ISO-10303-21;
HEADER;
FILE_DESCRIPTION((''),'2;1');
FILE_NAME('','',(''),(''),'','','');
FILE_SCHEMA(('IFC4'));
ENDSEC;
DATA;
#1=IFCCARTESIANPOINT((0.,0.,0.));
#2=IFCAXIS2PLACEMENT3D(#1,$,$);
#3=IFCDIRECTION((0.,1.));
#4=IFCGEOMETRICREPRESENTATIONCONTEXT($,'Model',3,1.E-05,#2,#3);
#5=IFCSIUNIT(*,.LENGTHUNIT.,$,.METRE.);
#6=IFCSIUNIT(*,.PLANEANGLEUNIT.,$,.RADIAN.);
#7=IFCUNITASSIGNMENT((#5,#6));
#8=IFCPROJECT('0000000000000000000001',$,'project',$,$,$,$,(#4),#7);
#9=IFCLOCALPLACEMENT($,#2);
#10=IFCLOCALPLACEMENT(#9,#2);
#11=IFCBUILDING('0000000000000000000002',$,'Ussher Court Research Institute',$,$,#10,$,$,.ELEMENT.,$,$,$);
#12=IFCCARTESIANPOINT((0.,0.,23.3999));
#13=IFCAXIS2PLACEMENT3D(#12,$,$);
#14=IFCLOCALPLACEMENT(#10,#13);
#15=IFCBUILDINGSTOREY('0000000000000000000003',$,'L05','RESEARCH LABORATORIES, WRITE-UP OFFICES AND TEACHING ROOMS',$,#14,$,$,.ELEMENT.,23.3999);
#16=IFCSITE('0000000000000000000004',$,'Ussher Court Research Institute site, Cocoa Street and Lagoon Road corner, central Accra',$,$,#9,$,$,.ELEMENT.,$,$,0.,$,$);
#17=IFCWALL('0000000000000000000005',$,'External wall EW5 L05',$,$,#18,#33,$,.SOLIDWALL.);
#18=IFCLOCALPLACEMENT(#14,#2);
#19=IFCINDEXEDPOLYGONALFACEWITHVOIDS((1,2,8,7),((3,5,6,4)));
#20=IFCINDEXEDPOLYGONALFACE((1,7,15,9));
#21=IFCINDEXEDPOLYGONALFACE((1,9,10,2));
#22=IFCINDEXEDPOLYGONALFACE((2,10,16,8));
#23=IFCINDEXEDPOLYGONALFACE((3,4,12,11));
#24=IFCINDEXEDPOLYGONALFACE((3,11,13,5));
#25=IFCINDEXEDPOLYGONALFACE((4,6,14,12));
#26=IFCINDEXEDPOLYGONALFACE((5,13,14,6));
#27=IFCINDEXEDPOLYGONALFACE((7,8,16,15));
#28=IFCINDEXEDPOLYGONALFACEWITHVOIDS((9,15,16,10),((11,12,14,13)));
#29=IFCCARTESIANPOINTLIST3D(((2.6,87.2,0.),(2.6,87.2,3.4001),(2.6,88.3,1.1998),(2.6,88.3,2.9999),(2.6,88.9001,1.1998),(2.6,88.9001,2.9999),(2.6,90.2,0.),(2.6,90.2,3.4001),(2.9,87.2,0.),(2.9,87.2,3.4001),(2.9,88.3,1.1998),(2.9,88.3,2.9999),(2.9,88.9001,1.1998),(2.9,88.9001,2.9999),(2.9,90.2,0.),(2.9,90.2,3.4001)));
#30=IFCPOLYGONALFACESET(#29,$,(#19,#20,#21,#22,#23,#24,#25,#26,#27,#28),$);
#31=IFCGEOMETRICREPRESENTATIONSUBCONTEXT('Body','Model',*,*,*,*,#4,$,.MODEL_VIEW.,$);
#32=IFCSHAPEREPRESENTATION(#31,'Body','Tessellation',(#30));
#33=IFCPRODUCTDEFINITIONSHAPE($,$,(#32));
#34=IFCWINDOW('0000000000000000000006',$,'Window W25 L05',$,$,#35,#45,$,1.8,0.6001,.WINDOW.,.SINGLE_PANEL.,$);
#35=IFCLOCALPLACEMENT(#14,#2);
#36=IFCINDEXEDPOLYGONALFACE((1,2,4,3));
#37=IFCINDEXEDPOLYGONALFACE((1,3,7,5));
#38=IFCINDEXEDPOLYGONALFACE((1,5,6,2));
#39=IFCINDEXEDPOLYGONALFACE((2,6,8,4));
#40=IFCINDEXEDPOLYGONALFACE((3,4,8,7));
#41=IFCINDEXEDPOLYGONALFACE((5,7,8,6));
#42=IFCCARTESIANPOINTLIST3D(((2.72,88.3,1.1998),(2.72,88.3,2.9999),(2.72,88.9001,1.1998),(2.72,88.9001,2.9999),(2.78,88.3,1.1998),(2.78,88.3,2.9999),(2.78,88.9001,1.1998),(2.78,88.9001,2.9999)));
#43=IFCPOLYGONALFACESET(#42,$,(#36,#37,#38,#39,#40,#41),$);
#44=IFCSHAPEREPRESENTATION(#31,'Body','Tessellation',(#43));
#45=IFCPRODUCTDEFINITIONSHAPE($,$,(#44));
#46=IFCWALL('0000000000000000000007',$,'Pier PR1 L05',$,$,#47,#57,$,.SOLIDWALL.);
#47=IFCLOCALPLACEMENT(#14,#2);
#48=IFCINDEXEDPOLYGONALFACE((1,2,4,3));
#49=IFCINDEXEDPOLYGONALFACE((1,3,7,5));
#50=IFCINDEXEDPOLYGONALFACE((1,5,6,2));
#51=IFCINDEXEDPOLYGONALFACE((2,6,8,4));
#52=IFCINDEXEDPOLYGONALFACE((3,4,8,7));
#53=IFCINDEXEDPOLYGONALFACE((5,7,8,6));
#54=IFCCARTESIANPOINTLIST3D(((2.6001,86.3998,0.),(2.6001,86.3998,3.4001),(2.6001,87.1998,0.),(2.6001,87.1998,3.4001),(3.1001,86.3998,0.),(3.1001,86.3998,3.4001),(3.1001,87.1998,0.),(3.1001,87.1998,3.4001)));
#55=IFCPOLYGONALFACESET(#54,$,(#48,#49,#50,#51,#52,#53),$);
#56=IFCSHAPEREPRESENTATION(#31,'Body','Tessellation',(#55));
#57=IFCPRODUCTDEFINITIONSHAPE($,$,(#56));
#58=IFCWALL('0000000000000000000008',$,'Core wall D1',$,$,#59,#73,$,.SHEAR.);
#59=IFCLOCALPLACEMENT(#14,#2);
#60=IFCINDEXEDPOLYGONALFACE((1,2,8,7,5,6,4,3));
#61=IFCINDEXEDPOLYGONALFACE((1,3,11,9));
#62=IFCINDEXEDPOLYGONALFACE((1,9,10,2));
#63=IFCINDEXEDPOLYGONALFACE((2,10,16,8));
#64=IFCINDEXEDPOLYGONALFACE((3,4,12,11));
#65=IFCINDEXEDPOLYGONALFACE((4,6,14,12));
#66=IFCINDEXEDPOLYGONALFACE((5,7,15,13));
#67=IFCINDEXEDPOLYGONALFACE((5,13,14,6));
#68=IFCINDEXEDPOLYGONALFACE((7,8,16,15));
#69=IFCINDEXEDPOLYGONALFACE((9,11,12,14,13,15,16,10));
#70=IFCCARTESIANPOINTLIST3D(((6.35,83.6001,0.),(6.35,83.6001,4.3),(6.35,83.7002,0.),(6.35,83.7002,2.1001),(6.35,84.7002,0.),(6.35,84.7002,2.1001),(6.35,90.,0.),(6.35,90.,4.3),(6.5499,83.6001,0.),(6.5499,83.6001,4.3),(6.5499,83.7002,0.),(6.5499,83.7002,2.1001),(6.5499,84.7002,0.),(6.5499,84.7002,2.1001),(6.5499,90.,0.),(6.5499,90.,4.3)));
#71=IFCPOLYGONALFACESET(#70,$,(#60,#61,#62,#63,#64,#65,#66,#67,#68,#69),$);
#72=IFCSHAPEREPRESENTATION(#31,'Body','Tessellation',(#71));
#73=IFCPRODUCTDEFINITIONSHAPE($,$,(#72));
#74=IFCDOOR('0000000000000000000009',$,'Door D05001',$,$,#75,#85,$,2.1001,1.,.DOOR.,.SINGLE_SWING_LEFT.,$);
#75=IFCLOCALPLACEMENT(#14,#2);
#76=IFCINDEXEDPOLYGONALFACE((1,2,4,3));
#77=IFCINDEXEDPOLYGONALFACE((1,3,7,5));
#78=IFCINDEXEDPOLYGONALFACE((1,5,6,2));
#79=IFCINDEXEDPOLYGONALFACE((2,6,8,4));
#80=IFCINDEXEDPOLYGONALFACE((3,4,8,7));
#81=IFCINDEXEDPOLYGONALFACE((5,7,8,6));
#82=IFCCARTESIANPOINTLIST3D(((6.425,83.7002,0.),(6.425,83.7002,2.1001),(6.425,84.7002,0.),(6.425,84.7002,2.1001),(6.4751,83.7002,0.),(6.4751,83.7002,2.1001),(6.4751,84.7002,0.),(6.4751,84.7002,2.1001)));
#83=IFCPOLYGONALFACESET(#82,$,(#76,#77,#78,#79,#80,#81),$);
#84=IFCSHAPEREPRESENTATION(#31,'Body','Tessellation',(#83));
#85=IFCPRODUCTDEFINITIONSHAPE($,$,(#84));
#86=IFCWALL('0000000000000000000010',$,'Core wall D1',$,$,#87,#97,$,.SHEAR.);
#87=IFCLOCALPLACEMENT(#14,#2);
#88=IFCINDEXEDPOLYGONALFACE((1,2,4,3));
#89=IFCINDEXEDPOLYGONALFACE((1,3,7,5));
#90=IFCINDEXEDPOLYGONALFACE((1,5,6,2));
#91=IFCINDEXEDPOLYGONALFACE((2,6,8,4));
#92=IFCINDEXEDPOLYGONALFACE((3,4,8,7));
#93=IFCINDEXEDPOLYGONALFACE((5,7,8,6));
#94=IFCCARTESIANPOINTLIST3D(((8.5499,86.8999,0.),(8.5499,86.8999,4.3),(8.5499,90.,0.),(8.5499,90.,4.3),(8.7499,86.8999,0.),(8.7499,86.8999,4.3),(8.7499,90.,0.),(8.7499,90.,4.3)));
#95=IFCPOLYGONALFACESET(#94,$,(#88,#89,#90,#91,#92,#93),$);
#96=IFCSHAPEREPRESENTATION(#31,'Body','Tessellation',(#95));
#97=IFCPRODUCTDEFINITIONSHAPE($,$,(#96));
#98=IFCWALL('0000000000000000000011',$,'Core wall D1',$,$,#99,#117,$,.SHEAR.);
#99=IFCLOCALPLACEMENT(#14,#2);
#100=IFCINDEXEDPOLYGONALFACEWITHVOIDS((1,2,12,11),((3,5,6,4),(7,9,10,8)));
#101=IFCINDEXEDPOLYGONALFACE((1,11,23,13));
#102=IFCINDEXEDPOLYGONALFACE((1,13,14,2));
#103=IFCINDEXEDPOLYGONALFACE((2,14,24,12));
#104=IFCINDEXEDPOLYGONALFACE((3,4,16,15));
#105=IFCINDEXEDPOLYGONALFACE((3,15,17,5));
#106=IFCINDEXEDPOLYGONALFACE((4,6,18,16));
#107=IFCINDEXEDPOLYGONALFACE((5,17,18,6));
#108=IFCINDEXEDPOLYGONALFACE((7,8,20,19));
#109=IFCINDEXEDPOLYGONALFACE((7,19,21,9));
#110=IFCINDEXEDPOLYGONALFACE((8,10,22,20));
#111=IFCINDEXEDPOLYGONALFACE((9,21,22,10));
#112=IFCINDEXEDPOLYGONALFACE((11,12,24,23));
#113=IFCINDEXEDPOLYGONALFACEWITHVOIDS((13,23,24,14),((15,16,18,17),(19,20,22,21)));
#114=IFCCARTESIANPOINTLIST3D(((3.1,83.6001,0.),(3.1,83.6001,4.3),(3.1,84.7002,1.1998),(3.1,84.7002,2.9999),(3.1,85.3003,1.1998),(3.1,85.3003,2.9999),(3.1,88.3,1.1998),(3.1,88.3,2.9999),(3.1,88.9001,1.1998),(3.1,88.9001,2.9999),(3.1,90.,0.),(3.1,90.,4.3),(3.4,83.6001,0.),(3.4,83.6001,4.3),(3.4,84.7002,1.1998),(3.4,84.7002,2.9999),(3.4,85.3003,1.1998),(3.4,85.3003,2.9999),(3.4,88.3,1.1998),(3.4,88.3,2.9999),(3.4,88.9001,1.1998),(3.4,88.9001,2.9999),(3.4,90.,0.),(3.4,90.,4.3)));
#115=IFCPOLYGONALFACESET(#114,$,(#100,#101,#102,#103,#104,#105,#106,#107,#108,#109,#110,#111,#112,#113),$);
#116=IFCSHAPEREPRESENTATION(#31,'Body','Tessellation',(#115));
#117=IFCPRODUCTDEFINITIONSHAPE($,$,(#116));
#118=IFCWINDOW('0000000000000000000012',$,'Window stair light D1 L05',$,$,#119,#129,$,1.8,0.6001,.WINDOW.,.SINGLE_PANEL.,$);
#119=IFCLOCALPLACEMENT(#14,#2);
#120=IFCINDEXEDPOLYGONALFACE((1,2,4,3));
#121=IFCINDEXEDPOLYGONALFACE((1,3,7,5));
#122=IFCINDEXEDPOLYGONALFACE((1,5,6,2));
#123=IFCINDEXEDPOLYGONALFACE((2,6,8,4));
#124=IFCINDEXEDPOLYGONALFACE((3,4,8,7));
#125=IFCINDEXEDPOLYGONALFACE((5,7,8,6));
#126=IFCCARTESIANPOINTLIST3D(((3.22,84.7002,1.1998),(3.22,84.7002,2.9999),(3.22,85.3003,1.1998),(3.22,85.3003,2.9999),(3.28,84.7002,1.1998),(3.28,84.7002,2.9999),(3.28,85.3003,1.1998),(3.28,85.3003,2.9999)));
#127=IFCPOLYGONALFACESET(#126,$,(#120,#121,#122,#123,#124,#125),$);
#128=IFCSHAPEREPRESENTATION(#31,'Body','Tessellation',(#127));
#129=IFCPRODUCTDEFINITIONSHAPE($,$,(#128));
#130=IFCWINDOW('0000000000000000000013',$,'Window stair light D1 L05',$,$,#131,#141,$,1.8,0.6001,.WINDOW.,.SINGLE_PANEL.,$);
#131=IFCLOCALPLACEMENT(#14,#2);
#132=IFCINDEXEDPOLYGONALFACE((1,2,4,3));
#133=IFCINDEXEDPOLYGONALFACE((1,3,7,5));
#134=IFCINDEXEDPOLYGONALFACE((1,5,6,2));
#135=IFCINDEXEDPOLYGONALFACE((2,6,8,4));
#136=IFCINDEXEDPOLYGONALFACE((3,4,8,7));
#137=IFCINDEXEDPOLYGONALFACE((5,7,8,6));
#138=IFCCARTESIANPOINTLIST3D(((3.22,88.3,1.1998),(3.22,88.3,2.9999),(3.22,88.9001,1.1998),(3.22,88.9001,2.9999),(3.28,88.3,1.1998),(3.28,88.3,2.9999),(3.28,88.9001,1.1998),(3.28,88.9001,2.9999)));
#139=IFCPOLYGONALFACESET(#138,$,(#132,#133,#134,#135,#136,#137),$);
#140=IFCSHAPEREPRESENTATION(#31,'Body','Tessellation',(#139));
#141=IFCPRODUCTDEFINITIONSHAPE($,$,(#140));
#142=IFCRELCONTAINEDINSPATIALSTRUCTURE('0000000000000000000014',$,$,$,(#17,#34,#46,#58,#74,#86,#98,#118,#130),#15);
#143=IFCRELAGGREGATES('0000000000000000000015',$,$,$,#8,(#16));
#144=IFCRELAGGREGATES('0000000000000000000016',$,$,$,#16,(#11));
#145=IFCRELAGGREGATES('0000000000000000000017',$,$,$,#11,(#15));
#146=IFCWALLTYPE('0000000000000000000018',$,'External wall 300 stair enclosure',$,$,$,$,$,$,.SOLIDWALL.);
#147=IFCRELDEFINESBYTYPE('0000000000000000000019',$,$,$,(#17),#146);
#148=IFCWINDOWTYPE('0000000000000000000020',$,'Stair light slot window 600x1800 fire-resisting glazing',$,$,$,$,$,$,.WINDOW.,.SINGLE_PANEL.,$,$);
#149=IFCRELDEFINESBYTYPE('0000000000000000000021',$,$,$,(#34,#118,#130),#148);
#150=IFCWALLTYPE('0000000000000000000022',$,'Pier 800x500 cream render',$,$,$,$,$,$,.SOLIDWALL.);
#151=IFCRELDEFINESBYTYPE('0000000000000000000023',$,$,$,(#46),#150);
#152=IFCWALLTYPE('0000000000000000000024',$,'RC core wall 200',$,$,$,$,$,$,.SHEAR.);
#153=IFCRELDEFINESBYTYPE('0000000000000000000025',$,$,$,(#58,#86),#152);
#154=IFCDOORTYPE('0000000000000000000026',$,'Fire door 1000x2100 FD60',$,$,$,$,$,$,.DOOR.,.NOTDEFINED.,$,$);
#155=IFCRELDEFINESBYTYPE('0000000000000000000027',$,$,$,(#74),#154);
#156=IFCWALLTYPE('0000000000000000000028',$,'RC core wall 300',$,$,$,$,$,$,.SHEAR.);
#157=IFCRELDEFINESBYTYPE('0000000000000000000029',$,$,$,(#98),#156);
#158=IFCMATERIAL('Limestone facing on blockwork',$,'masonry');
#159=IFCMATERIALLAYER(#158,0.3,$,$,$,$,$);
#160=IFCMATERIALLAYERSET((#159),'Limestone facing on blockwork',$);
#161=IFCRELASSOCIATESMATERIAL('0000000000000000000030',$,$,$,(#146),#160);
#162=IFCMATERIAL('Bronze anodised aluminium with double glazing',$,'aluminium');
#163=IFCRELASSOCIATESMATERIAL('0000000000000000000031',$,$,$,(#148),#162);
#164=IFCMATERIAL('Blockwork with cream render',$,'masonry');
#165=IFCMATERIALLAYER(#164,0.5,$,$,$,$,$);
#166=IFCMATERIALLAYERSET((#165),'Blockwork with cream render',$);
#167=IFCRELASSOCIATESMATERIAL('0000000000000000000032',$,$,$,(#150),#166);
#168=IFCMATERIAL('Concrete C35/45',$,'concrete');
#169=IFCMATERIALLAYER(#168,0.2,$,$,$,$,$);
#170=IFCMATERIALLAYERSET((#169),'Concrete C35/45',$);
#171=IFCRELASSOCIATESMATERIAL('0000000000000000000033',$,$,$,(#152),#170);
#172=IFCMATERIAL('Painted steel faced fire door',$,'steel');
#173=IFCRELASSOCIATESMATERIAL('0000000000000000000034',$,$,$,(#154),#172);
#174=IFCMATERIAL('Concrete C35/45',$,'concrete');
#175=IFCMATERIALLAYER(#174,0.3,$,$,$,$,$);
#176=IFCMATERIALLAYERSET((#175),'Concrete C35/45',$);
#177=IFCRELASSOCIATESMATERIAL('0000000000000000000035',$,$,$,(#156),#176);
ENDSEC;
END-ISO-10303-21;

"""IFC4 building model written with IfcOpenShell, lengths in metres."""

from ifc_helpers import new_model, si_unit, direction, frame, frame_2d, origin, place, context, subcontext, project, spatial, rectangle, extrude, material, layer, layer_set, type_object, element, fill, save


model = new_model("IFC4")

# Units and contexts
model_context = context("Model", 3, precision=1e-05, world=origin(), true_north=direction((0.0, 1.0)))
body_context = subcontext(model_context, "Body", "Model", "MODEL_VIEW")
ifc_project = project(units=[si_unit("LENGTHUNIT", "METRE"), si_unit("PLANEANGLEUNIT", "RADIAN")], contexts=[model_context])

# Site, building, storey
site_placement = place(None, origin())
site = spatial("IfcSite", under=ifc_project, at=site_placement, Name="Ussher Court Research Institute site, Cocoa Street and Lagoon Road corner, central Accra", CompositionType="ELEMENT", RefElevation=0.0)
building_placement = place(site_placement, origin())
building = spatial("IfcBuilding", under=site, at=building_placement, Name="Ussher Court Research Institute", CompositionType="ELEMENT")
storey_placement = place(building_placement, frame((0.0, 0.0, 23.3999)))
storey = spatial("IfcBuildingStorey", under=building, at=storey_placement, Name="L05", Description="RESEARCH LABORATORIES, WRITE-UP OFFICES AND TEACHING ROOMS", CompositionType="ELEMENT", Elevation=23.3999)

# Wall, opening, window
ifc_material_1 = material(Name="Limestone facing on blockwork", Category="masonry")
ifc_layer_1 = layer(ifc_material_1, 0.3)
ifc_layer_set_1 = layer_set([ifc_layer_1], Name="Limestone facing on blockwork")
wall_type_1 = type_object("IfcWallType", Name="External wall 300 stair enclosure", PredefinedType="SOLIDWALL", material=ifc_layer_set_1)
wall_1_placement = place(storey_placement, frame((2.75, 87.2, 0.0), z_axis=(0.0, 0.0, 1.0), x_axis=(0.0, 1.0, 0.0)))
wall_1 = element("IfcWall", 1, at=wall_1_placement, inside=storey, type_object=wall_type_1, Name="External wall EW5 L05", PredefinedType="SOLIDWALL", context=body_context, shape_type="SweptSolid", body=[
    extrude(rectangle(XDim=3.0, YDim=0.3, at=frame_2d((1.5, 0.0))), origin(), (0.0, 0.0, 1.0), 3.4001),
])
opening_1_placement = place(wall_1_placement, frame((1.1001, 0.0, 1.2)))
opening_1 = element("IfcOpeningElement", 2, at=opening_1_placement, cuts=wall_1, PredefinedType="OPENING", context=body_context, shape_type="SweptSolid", body=[
    extrude(rectangle(XDim=0.6001, YDim=1.8, at=frame_2d((0.3, 0.8999))), frame((0.0, 0.1602, 0.0), z_axis=(0.0, -1.0, 0.0), x_axis=(1.0, 0.0, 0.0)), (0.0, 0.0, 1.0), 0.3201),
])
ifc_material_2 = material(Name="Bronze anodised aluminium with double glazing", Category="aluminium")
window_type = type_object("IfcWindowType", Name="Stair light slot window 600x1800 fire-resisting glazing", PartitioningType="SINGLE_PANEL", PredefinedType="WINDOW", material=ifc_material_2)
window_1_placement = place(opening_1_placement, origin())
window_1 = element("IfcWindow", 3, at=window_1_placement, inside=storey, type_object=window_type, Name="Window W25 L05", OverallHeight=1.8, OverallWidth=0.6001, PartitioningType="SINGLE_PANEL", PredefinedType="WINDOW", context=body_context, shape_type="SweptSolid", body=[
    extrude(rectangle(XDim=0.6001, YDim=1.8, at=frame_2d((0.3, 0.8999))), frame((0.0, 0.03, 0.0), z_axis=(0.0, -1.0, 0.0), x_axis=(1.0, 0.0, 0.0)), (0.0, 0.0, 1.0), 0.0601),
])
fill(opening_1, window_1)

# Wall
ifc_material_3 = material(Name="Blockwork with cream render", Category="masonry")
ifc_layer_2 = layer(ifc_material_3, 0.5)
ifc_layer_set_2 = layer_set([ifc_layer_2], Name="Blockwork with cream render")
wall_type_2 = type_object("IfcWallType", Name="Pier 800x500 cream render", PredefinedType="SOLIDWALL", material=ifc_layer_set_2)
wall_2_placement = place(storey_placement, frame((2.8501, 86.3999, 0.0), z_axis=(0.0, 0.0, 1.0), x_axis=(0.0, 1.0, 0.0)))
element("IfcWall", 4, at=wall_2_placement, inside=storey, type_object=wall_type_2, Name="Pier PR1 L05", PredefinedType="SOLIDWALL", context=body_context, shape_type="SweptSolid", body=[
    extrude(rectangle(XDim=0.8, YDim=0.5, at=frame_2d((0.3999, 0.0))), origin(), (0.0, 0.0, 1.0), 3.4001),
])

# Wall, opening, door
ifc_material_4 = material(Name="Concrete C35/45", Category="concrete")
ifc_layer_3 = layer(ifc_material_4, 0.2)
ifc_layer_set_3 = layer_set([ifc_layer_3], Name="Concrete C35/45")
wall_type_3 = type_object("IfcWallType", Name="RC core wall 200", PredefinedType="SHEAR", material=ifc_layer_set_3)
wall_3_placement = place(storey_placement, frame((6.45, 83.6001, 0.0), z_axis=(0.0, 0.0, 1.0), x_axis=(0.0, 1.0, 0.0)))
wall_3 = element("IfcWall", 5, at=wall_3_placement, inside=storey, type_object=wall_type_3, Name="Core wall D1", PredefinedType="SHEAR", context=body_context, shape_type="SweptSolid", body=[
    extrude(rectangle(XDim=6.3999, YDim=0.2, at=frame_2d((3.2, 0.0))), origin(), (0.0, 0.0, 1.0), 4.3),
])
opening_2_placement = place(wall_3_placement, frame((0.1001, 0.0, 0.0)))
opening_2 = element("IfcOpeningElement", 6, at=opening_2_placement, cuts=wall_3, PredefinedType="OPENING", context=body_context, shape_type="SweptSolid", body=[
    extrude(rectangle(XDim=1.0, YDim=2.1001, at=frame_2d((0.5, 1.05))), frame((0.0, 0.1099, 0.0), z_axis=(0.0, -1.0, 0.0), x_axis=(1.0, 0.0, 0.0)), (0.0, 0.0, 1.0), 0.22),
])
ifc_material_5 = material(Name="Painted steel faced fire door", Category="steel")
door_type = type_object("IfcDoorType", Name="Fire door 1000x2100 FD60", OperationType="NOTDEFINED", PredefinedType="DOOR", material=ifc_material_5)
door_placement = place(opening_2_placement, origin())
door = element("IfcDoor", 7, at=door_placement, inside=storey, type_object=door_type, Name="Door D05001", OperationType="SINGLE_SWING_LEFT", OverallHeight=2.1001, OverallWidth=1.0, PredefinedType="DOOR", context=body_context, shape_type="SweptSolid", body=[
    extrude(rectangle(XDim=1.0, YDim=2.1001, at=frame_2d((0.5, 1.05))), frame((0.0, 0.0249, 0.0), z_axis=(0.0, -1.0, 0.0), x_axis=(1.0, 0.0, 0.0)), (0.0, 0.0, 1.0), 0.05),
])
fill(opening_2, door)

# Wall
wall_4_placement = place(storey_placement, frame((8.6499, 86.8999, 0.0), z_axis=(0.0, 0.0, 1.0), x_axis=(0.0, 1.0, 0.0)))
element("IfcWall", 8, at=wall_4_placement, inside=storey, type_object=wall_type_3, Name="Core wall D1", PredefinedType="SHEAR", context=body_context, shape_type="SweptSolid", body=[
    extrude(rectangle(XDim=3.1001, YDim=0.2, at=frame_2d((1.55, 0.0))), origin(), (0.0, 0.0, 1.0), 4.3),
])

# Wall, openings, windows
ifc_material_6 = material(Name="Concrete C35/45", Category="concrete")
ifc_layer_4 = layer(ifc_material_6, 0.3)
ifc_layer_set_4 = layer_set([ifc_layer_4], Name="Concrete C35/45")
wall_type_4 = type_object("IfcWallType", Name="RC core wall 300", PredefinedType="SHEAR", material=ifc_layer_set_4)
wall_5_placement = place(storey_placement, frame((3.25, 83.6001, 0.0), z_axis=(0.0, 0.0, 1.0), x_axis=(0.0, 1.0, 0.0)))
wall_5 = element("IfcWall", 9, at=wall_5_placement, inside=storey, type_object=wall_type_4, Name="Core wall D1", PredefinedType="SHEAR", context=body_context, shape_type="SweptSolid", body=[
    extrude(rectangle(XDim=6.3999, YDim=0.3, at=frame_2d((3.2, 0.0))), origin(), (0.0, 0.0, 1.0), 4.3),
])
opening_3_placement = place(wall_5_placement, frame((1.1001, 0.0, 1.2)))
opening_3 = element("IfcOpeningElement", 10, at=opening_3_placement, cuts=wall_5, PredefinedType="OPENING", context=body_context, shape_type="SweptSolid", body=[
    extrude(rectangle(XDim=0.6001, YDim=1.8, at=frame_2d((0.3, 0.8999))), frame((0.0, 0.1602, 0.0), z_axis=(0.0, -1.0, 0.0), x_axis=(1.0, 0.0, 0.0)), (0.0, 0.0, 1.0), 0.3201),
])
opening_4_placement = place(wall_5_placement, frame((4.7, 0.0, 1.2)))
opening_4 = element("IfcOpeningElement", 11, at=opening_4_placement, cuts=wall_5, PredefinedType="OPENING", context=body_context, shape_type="SweptSolid", body=[
    extrude(rectangle(XDim=0.6001, YDim=1.8, at=frame_2d((0.3, 0.8999))), frame((0.0, 0.1602, 0.0), z_axis=(0.0, -1.0, 0.0), x_axis=(1.0, 0.0, 0.0)), (0.0, 0.0, 1.0), 0.3201),
])
window_2_placement = place(opening_3_placement, origin())
window_2 = element("IfcWindow", 12, at=window_2_placement, inside=storey, type_object=window_type, Name="Window stair light D1 L05", OverallHeight=1.8, OverallWidth=0.6001, PartitioningType="SINGLE_PANEL", PredefinedType="WINDOW", context=body_context, shape_type="SweptSolid", body=[
    extrude(rectangle(XDim=0.6001, YDim=1.8, at=frame_2d((0.3, 0.8999))), frame((0.0, 0.03, 0.0), z_axis=(0.0, -1.0, 0.0), x_axis=(1.0, 0.0, 0.0)), (0.0, 0.0, 1.0), 0.0601),
])
fill(opening_3, window_2)
window_3_placement = place(opening_4_placement, origin())
window_3 = element("IfcWindow", 13, at=window_3_placement, inside=storey, type_object=window_type, Name="Window stair light D1 L05", OverallHeight=1.8, OverallWidth=0.6001, PartitioningType="SINGLE_PANEL", PredefinedType="WINDOW", context=body_context, shape_type="SweptSolid", body=[
    extrude(rectangle(XDim=0.6001, YDim=1.8, at=frame_2d((0.3, 0.8999))), frame((0.0, 0.03, 0.0), z_axis=(0.0, -1.0, 0.0), x_axis=(1.0, 0.0, 0.0)), (0.0, 0.0, 1.0), 0.0601),
])
fill(opening_4, window_3)

save(model, "model.ifc")
